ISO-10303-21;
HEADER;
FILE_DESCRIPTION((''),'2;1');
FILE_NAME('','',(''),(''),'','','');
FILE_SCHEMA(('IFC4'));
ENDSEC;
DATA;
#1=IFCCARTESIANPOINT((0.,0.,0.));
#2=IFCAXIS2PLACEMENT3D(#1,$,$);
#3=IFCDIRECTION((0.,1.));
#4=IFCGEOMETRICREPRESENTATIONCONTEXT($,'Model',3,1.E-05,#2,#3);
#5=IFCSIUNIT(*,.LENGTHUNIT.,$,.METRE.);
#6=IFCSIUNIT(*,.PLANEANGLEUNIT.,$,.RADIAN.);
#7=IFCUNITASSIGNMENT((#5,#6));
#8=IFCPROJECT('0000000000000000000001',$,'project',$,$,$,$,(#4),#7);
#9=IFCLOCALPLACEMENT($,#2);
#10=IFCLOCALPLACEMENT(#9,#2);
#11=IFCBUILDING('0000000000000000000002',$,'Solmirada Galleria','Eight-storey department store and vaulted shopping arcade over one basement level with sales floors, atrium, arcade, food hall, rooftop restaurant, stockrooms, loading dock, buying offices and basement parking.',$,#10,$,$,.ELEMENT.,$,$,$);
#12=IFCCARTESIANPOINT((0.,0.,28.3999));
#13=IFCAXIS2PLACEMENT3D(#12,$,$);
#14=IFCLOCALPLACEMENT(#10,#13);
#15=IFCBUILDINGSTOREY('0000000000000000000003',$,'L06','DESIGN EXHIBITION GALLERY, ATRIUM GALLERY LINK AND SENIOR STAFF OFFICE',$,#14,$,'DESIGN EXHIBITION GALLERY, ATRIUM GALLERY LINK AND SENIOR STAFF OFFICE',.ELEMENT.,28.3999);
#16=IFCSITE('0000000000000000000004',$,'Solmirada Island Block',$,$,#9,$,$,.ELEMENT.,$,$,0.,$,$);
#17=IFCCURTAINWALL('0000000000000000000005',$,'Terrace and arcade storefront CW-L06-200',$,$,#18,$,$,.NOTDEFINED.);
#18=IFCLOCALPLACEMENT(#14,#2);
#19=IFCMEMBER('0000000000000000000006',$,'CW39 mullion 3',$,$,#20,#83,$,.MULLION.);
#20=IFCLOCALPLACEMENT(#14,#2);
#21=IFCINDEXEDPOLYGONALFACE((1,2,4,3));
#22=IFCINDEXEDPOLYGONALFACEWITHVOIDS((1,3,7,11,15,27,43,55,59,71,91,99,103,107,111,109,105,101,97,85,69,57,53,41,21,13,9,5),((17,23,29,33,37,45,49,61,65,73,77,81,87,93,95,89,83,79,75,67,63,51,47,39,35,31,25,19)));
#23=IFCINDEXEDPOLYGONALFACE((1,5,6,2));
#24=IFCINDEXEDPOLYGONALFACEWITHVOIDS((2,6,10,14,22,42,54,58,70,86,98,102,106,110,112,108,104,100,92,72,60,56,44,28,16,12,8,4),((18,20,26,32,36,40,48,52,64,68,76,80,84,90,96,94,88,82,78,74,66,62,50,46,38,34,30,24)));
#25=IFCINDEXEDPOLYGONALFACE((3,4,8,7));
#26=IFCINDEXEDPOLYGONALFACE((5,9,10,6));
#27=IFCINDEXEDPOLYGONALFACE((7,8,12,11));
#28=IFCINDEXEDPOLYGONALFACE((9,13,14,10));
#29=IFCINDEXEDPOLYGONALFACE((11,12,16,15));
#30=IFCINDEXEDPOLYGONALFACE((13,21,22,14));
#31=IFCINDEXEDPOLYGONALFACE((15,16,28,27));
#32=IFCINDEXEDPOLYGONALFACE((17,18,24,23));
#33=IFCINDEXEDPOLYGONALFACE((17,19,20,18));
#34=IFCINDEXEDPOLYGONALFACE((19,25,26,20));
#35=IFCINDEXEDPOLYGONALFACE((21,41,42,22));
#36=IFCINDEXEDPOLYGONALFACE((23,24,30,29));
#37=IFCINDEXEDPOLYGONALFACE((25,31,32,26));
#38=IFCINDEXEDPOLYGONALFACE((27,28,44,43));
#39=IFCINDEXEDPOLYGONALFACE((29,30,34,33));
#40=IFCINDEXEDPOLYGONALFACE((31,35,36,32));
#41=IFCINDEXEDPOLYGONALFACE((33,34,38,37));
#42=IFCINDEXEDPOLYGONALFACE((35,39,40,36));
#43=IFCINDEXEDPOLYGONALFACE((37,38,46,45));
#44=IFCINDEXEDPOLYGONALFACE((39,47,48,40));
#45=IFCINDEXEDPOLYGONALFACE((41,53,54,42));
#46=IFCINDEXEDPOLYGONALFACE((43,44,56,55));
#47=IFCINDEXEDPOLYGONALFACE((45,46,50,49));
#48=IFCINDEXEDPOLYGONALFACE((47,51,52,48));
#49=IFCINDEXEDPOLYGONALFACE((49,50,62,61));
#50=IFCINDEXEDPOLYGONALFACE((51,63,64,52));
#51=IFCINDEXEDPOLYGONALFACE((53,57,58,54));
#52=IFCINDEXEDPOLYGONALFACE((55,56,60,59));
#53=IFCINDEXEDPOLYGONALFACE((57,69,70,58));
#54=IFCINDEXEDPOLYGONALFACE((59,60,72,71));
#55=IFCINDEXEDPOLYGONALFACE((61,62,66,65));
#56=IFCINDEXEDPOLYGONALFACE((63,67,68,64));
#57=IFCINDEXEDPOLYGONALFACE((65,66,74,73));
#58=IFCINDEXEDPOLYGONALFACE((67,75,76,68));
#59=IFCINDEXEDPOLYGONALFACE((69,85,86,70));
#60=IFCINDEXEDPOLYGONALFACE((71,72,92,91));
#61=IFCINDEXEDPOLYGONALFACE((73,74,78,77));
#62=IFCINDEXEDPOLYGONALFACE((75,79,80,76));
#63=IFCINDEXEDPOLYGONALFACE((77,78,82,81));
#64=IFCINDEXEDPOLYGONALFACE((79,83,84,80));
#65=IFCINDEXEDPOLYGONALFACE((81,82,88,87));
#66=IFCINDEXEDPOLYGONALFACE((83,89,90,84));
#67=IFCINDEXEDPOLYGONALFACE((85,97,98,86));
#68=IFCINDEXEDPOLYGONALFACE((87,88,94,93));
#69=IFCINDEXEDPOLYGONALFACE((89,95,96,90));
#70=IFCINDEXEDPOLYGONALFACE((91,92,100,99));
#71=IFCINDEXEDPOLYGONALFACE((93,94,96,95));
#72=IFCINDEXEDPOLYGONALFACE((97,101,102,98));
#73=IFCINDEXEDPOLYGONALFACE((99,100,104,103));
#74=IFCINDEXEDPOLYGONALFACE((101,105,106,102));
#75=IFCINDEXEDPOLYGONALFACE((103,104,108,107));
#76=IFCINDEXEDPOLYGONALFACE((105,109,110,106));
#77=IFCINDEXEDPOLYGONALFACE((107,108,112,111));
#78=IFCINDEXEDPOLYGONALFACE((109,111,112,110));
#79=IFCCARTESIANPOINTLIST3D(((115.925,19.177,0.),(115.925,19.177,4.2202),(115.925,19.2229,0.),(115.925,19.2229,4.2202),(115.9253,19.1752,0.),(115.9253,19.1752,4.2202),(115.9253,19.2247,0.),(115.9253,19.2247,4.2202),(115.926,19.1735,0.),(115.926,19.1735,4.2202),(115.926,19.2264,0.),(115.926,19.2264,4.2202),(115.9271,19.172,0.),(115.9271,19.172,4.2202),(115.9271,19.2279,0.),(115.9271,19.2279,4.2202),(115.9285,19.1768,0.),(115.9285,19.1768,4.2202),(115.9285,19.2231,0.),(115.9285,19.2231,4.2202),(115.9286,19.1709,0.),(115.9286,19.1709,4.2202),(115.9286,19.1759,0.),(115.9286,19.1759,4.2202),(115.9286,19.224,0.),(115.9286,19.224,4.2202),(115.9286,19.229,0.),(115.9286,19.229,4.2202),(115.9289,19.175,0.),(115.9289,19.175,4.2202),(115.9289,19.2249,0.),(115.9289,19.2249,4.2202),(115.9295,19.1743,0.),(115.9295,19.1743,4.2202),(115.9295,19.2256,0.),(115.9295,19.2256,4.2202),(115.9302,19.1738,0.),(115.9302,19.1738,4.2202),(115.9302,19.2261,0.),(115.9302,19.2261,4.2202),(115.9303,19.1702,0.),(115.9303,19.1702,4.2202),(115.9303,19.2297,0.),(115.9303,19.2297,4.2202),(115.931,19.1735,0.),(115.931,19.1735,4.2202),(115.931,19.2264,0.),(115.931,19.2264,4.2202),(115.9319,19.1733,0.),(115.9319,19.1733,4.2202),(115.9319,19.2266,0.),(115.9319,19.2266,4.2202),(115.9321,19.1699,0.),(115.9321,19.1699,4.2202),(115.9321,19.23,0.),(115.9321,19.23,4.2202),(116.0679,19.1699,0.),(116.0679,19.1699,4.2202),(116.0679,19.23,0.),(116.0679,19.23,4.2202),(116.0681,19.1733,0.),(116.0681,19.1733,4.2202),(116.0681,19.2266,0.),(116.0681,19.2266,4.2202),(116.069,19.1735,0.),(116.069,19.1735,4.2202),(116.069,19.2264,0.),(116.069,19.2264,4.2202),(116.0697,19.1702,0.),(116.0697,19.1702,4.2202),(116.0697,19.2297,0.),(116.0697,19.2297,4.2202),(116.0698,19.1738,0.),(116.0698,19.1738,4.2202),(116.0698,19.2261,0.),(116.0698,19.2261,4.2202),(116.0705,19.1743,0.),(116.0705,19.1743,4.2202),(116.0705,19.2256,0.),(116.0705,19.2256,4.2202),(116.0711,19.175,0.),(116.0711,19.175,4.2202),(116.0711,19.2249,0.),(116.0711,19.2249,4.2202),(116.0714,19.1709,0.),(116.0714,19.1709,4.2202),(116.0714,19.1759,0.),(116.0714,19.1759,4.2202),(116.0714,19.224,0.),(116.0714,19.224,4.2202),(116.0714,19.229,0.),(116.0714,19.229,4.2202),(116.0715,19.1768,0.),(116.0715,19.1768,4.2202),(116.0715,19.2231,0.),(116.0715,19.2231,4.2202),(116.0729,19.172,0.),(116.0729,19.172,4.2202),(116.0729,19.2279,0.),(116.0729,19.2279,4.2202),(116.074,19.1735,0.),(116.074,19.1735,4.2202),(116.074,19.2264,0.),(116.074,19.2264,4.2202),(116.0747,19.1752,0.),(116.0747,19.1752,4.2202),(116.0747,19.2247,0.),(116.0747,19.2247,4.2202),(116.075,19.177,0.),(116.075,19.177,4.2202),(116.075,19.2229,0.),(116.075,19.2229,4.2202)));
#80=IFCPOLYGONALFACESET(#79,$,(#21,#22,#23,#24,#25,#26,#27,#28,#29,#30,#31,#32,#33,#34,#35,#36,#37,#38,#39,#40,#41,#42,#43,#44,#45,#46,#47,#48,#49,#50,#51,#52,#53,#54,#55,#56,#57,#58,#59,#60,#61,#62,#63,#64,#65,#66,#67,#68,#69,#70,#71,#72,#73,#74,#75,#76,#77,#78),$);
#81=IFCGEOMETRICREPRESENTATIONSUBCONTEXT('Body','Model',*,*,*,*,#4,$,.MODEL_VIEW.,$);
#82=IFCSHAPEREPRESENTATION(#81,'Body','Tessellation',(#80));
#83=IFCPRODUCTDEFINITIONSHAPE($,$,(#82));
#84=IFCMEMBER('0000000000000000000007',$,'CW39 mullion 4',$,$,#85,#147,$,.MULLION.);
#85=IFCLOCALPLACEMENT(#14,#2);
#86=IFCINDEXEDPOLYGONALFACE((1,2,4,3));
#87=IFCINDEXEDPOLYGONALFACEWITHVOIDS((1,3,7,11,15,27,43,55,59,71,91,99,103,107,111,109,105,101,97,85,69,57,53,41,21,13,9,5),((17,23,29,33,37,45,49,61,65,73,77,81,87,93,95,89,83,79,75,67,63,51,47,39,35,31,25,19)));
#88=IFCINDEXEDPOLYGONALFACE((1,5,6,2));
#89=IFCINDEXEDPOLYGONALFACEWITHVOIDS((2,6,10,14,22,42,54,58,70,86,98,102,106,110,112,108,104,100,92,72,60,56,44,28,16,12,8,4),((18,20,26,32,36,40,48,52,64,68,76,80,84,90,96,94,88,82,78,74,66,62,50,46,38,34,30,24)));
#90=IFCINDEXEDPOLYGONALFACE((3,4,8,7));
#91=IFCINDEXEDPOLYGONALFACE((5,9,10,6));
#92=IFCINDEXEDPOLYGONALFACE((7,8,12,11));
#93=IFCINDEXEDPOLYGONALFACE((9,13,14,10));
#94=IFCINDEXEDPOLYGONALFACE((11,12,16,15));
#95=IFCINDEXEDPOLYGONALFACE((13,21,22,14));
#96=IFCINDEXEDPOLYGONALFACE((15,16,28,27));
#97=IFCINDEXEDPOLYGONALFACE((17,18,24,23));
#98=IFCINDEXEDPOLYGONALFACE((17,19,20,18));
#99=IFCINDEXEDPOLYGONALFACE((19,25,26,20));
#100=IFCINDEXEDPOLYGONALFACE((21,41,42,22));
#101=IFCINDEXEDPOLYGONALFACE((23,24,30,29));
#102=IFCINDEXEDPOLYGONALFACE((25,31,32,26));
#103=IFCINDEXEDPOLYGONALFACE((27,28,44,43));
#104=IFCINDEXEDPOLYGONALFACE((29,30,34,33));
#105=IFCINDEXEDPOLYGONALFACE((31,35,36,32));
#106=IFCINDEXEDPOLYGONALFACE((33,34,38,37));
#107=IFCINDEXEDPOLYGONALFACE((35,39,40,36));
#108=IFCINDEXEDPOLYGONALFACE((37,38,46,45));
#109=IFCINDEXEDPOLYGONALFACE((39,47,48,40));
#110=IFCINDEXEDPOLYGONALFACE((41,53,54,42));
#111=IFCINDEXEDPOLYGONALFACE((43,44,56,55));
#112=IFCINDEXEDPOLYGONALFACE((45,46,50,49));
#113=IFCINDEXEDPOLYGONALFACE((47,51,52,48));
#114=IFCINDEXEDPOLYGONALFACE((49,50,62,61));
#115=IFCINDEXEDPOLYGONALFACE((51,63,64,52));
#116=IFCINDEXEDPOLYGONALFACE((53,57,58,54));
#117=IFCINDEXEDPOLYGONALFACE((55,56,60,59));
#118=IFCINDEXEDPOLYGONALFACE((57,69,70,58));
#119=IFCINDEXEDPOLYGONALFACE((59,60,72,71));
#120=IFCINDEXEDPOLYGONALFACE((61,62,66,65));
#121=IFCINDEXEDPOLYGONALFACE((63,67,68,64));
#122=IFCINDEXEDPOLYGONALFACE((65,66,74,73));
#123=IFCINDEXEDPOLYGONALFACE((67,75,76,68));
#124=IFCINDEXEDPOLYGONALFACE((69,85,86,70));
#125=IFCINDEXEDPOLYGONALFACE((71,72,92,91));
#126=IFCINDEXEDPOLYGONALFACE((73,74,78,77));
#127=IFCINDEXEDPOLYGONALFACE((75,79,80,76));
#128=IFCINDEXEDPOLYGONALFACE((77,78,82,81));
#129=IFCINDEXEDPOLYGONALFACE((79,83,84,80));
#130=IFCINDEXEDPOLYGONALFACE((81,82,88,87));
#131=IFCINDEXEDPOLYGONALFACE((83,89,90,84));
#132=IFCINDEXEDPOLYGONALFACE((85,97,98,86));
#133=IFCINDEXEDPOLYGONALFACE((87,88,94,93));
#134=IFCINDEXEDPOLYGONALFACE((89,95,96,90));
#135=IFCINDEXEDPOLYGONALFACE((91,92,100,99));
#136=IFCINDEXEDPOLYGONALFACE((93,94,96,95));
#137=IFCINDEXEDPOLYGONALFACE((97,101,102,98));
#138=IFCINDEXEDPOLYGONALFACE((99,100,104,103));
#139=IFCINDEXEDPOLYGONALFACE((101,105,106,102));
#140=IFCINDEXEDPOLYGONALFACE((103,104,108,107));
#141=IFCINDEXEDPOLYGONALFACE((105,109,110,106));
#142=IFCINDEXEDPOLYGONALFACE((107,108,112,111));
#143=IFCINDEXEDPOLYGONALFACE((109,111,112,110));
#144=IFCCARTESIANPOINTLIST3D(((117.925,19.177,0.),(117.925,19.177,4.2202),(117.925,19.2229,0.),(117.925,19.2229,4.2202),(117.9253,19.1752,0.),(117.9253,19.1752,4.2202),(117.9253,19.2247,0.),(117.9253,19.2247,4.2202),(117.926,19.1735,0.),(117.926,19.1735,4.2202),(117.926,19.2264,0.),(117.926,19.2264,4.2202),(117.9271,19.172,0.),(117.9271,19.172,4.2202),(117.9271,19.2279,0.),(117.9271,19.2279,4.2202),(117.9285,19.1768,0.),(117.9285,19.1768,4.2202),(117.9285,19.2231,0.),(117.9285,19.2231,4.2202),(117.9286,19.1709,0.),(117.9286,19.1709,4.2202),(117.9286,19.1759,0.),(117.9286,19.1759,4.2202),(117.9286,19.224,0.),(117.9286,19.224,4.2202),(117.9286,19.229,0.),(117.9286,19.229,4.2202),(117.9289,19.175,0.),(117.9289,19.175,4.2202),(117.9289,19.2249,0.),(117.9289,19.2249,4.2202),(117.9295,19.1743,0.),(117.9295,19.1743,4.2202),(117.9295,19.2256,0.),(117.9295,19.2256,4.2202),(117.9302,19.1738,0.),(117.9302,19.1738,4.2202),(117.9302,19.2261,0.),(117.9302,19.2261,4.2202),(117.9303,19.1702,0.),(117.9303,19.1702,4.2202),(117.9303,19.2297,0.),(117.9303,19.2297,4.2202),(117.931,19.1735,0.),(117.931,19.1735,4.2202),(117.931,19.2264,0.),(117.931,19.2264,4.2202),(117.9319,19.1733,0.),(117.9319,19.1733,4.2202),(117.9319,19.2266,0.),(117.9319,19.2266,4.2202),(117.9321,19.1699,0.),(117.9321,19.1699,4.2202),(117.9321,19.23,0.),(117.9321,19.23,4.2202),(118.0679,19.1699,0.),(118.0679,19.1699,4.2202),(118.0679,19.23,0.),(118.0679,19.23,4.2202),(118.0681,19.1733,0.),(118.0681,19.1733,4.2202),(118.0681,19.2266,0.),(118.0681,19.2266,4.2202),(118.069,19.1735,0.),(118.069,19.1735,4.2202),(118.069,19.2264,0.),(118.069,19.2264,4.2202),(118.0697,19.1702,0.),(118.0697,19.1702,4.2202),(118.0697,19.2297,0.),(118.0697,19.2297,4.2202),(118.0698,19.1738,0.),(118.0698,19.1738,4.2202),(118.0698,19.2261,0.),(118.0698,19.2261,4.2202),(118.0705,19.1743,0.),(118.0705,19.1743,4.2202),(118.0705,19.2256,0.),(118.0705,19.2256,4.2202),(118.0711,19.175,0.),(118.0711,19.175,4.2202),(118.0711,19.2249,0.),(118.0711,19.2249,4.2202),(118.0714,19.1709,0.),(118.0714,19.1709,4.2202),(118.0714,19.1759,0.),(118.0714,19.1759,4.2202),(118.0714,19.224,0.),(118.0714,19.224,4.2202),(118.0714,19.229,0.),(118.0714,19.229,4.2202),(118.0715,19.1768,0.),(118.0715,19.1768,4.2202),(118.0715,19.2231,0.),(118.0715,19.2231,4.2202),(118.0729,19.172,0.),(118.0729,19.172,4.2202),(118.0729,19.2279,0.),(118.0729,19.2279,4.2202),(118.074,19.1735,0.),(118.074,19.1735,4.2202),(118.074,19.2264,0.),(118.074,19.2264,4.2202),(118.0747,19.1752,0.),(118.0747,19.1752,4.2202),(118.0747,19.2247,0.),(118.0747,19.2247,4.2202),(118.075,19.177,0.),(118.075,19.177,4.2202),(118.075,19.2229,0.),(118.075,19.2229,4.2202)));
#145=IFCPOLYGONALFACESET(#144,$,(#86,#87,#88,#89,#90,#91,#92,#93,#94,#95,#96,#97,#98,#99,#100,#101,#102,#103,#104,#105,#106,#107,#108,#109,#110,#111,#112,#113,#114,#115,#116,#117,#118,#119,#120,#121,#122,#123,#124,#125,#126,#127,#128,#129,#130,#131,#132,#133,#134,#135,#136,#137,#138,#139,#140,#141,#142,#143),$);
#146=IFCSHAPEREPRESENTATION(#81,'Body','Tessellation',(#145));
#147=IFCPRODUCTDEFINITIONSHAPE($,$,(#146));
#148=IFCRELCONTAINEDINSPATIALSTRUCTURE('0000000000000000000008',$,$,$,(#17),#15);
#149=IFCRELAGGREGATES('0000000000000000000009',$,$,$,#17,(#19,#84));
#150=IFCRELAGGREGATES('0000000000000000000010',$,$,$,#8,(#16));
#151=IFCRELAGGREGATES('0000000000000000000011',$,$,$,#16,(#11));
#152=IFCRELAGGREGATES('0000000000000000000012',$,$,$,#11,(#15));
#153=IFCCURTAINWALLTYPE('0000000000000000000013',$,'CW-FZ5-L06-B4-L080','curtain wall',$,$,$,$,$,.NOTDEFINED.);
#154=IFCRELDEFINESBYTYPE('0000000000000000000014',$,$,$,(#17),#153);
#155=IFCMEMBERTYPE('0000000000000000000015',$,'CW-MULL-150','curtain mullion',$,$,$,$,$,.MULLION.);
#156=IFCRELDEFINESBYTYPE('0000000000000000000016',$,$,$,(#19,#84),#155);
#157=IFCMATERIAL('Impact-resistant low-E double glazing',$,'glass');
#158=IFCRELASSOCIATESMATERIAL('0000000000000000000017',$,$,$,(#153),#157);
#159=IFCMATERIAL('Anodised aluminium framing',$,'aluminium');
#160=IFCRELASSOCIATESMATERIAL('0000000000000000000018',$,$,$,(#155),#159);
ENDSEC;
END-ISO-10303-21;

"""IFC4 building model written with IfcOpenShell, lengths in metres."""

from ifc_helpers import new_model, si_unit, direction, frame, origin, origin_2d, place, context, subcontext, project, spatial, hollow_rectangle, extrude, material, material_profile, profile_set, type_object, element, aggregate, save


model = new_model("IFC4")

# Units and contexts
model_context = context("Model", 3, precision=1e-05, world=origin(), true_north=direction((0.0, 1.0)))
body_context = subcontext(model_context, "Body", "Model", "MODEL_VIEW")
ifc_project = project(units=[si_unit("LENGTHUNIT", "METRE"), si_unit("PLANEANGLEUNIT", "RADIAN")], contexts=[model_context])

# Site, building, storey
site_placement = place(None, origin())
site = spatial("IfcSite", under=ifc_project, at=site_placement, Name="Solmirada Island Block", CompositionType="ELEMENT", RefElevation=0.0)
building_placement = place(site_placement, origin())
building = spatial("IfcBuilding", under=site, at=building_placement, Name="Solmirada Galleria", Description="Eight-storey department store and vaulted shopping arcade over one basement level with sales floors, atrium, arcade, food hall, rooftop restaurant, stockrooms, loading dock, buying offices and basement parking.", CompositionType="ELEMENT")
storey_placement = place(building_placement, frame((0.0, 0.0, 28.3999)))
storey = spatial("IfcBuildingStorey", under=building, at=storey_placement, Name="L06", Description="DESIGN EXHIBITION GALLERY, ATRIUM GALLERY LINK AND SENIOR STAFF OFFICE", LongName="DESIGN EXHIBITION GALLERY, ATRIUM GALLERY LINK AND SENIOR STAFF OFFICE", CompositionType="ELEMENT", Elevation=28.3999)

# Curtain wall, members
ifc_material_1 = material(Name="Impact-resistant low-E double glazing", Category="glass")
curtain_wall_type = type_object("IfcCurtainWallType", Name="CW-FZ5-L06-B4-L080", Description="curtain wall", PredefinedType="NOTDEFINED", material=ifc_material_1)
curtain_wall_placement = place(storey_placement, origin())
curtain_wall = element("IfcCurtainWall", 1, at=curtain_wall_placement, inside=storey, type_object=curtain_wall_type, Name="Terrace and arcade storefront CW-L06-200", PredefinedType="NOTDEFINED")
ifc_material_2 = material(Name="Anodised aluminium framing", Category="aluminium")
ifc_material_profile_1 = material_profile(ifc_material_2, hollow_rectangle(XDim=0.0601, YDim=0.1499, WallThickness=0.0034, InnerFilletRadius=0.0034, OuterFilletRadius=0.0071, at=origin_2d()), Name="ALU-MULL-150X60")
ifc_profile_set_1 = profile_set([ifc_material_profile_1], Name="Anodised aluminium framing")
member_type_1 = type_object("IfcMemberType", Name="CW-MULL-150", Description="curtain mullion", PredefinedType="MULLION", material=ifc_profile_set_1)
member_1_placement = place(storey_placement, frame((116.0, 19.2, 0.0), z_axis=(0.0, 0.0, 1.0), x_axis=(0.0, 1.0, 0.0)))
member_1 = element("IfcMember", 2, at=member_1_placement, type_object=member_type_1, Name="CW39 mullion 3", PredefinedType="MULLION", context=body_context, shape_type="SweptSolid", body=[
    extrude(hollow_rectangle(XDim=0.0601, YDim=0.1499, WallThickness=0.0034, InnerFilletRadius=0.0034, OuterFilletRadius=0.0071, at=origin_2d()), origin(), (0.0, 0.0, 1.0), 4.2202),
])
member_2_placement = place(storey_placement, frame((118.0, 19.2, 0.0), z_axis=(0.0, 0.0, 1.0), x_axis=(0.0, 1.0, 0.0)))
member_2 = element("IfcMember", 3, at=member_2_placement, type_object=member_type_1, Name="CW39 mullion 4", PredefinedType="MULLION", context=body_context, shape_type="SweptSolid", body=[
    extrude(hollow_rectangle(XDim=0.0601, YDim=0.1499, WallThickness=0.0034, InnerFilletRadius=0.0034, OuterFilletRadius=0.0071, at=origin_2d()), origin(), (0.0, 0.0, 1.0), 4.2202),
])
aggregate(curtain_wall, [member_1, member_2])

save(model, "model.ifc")
